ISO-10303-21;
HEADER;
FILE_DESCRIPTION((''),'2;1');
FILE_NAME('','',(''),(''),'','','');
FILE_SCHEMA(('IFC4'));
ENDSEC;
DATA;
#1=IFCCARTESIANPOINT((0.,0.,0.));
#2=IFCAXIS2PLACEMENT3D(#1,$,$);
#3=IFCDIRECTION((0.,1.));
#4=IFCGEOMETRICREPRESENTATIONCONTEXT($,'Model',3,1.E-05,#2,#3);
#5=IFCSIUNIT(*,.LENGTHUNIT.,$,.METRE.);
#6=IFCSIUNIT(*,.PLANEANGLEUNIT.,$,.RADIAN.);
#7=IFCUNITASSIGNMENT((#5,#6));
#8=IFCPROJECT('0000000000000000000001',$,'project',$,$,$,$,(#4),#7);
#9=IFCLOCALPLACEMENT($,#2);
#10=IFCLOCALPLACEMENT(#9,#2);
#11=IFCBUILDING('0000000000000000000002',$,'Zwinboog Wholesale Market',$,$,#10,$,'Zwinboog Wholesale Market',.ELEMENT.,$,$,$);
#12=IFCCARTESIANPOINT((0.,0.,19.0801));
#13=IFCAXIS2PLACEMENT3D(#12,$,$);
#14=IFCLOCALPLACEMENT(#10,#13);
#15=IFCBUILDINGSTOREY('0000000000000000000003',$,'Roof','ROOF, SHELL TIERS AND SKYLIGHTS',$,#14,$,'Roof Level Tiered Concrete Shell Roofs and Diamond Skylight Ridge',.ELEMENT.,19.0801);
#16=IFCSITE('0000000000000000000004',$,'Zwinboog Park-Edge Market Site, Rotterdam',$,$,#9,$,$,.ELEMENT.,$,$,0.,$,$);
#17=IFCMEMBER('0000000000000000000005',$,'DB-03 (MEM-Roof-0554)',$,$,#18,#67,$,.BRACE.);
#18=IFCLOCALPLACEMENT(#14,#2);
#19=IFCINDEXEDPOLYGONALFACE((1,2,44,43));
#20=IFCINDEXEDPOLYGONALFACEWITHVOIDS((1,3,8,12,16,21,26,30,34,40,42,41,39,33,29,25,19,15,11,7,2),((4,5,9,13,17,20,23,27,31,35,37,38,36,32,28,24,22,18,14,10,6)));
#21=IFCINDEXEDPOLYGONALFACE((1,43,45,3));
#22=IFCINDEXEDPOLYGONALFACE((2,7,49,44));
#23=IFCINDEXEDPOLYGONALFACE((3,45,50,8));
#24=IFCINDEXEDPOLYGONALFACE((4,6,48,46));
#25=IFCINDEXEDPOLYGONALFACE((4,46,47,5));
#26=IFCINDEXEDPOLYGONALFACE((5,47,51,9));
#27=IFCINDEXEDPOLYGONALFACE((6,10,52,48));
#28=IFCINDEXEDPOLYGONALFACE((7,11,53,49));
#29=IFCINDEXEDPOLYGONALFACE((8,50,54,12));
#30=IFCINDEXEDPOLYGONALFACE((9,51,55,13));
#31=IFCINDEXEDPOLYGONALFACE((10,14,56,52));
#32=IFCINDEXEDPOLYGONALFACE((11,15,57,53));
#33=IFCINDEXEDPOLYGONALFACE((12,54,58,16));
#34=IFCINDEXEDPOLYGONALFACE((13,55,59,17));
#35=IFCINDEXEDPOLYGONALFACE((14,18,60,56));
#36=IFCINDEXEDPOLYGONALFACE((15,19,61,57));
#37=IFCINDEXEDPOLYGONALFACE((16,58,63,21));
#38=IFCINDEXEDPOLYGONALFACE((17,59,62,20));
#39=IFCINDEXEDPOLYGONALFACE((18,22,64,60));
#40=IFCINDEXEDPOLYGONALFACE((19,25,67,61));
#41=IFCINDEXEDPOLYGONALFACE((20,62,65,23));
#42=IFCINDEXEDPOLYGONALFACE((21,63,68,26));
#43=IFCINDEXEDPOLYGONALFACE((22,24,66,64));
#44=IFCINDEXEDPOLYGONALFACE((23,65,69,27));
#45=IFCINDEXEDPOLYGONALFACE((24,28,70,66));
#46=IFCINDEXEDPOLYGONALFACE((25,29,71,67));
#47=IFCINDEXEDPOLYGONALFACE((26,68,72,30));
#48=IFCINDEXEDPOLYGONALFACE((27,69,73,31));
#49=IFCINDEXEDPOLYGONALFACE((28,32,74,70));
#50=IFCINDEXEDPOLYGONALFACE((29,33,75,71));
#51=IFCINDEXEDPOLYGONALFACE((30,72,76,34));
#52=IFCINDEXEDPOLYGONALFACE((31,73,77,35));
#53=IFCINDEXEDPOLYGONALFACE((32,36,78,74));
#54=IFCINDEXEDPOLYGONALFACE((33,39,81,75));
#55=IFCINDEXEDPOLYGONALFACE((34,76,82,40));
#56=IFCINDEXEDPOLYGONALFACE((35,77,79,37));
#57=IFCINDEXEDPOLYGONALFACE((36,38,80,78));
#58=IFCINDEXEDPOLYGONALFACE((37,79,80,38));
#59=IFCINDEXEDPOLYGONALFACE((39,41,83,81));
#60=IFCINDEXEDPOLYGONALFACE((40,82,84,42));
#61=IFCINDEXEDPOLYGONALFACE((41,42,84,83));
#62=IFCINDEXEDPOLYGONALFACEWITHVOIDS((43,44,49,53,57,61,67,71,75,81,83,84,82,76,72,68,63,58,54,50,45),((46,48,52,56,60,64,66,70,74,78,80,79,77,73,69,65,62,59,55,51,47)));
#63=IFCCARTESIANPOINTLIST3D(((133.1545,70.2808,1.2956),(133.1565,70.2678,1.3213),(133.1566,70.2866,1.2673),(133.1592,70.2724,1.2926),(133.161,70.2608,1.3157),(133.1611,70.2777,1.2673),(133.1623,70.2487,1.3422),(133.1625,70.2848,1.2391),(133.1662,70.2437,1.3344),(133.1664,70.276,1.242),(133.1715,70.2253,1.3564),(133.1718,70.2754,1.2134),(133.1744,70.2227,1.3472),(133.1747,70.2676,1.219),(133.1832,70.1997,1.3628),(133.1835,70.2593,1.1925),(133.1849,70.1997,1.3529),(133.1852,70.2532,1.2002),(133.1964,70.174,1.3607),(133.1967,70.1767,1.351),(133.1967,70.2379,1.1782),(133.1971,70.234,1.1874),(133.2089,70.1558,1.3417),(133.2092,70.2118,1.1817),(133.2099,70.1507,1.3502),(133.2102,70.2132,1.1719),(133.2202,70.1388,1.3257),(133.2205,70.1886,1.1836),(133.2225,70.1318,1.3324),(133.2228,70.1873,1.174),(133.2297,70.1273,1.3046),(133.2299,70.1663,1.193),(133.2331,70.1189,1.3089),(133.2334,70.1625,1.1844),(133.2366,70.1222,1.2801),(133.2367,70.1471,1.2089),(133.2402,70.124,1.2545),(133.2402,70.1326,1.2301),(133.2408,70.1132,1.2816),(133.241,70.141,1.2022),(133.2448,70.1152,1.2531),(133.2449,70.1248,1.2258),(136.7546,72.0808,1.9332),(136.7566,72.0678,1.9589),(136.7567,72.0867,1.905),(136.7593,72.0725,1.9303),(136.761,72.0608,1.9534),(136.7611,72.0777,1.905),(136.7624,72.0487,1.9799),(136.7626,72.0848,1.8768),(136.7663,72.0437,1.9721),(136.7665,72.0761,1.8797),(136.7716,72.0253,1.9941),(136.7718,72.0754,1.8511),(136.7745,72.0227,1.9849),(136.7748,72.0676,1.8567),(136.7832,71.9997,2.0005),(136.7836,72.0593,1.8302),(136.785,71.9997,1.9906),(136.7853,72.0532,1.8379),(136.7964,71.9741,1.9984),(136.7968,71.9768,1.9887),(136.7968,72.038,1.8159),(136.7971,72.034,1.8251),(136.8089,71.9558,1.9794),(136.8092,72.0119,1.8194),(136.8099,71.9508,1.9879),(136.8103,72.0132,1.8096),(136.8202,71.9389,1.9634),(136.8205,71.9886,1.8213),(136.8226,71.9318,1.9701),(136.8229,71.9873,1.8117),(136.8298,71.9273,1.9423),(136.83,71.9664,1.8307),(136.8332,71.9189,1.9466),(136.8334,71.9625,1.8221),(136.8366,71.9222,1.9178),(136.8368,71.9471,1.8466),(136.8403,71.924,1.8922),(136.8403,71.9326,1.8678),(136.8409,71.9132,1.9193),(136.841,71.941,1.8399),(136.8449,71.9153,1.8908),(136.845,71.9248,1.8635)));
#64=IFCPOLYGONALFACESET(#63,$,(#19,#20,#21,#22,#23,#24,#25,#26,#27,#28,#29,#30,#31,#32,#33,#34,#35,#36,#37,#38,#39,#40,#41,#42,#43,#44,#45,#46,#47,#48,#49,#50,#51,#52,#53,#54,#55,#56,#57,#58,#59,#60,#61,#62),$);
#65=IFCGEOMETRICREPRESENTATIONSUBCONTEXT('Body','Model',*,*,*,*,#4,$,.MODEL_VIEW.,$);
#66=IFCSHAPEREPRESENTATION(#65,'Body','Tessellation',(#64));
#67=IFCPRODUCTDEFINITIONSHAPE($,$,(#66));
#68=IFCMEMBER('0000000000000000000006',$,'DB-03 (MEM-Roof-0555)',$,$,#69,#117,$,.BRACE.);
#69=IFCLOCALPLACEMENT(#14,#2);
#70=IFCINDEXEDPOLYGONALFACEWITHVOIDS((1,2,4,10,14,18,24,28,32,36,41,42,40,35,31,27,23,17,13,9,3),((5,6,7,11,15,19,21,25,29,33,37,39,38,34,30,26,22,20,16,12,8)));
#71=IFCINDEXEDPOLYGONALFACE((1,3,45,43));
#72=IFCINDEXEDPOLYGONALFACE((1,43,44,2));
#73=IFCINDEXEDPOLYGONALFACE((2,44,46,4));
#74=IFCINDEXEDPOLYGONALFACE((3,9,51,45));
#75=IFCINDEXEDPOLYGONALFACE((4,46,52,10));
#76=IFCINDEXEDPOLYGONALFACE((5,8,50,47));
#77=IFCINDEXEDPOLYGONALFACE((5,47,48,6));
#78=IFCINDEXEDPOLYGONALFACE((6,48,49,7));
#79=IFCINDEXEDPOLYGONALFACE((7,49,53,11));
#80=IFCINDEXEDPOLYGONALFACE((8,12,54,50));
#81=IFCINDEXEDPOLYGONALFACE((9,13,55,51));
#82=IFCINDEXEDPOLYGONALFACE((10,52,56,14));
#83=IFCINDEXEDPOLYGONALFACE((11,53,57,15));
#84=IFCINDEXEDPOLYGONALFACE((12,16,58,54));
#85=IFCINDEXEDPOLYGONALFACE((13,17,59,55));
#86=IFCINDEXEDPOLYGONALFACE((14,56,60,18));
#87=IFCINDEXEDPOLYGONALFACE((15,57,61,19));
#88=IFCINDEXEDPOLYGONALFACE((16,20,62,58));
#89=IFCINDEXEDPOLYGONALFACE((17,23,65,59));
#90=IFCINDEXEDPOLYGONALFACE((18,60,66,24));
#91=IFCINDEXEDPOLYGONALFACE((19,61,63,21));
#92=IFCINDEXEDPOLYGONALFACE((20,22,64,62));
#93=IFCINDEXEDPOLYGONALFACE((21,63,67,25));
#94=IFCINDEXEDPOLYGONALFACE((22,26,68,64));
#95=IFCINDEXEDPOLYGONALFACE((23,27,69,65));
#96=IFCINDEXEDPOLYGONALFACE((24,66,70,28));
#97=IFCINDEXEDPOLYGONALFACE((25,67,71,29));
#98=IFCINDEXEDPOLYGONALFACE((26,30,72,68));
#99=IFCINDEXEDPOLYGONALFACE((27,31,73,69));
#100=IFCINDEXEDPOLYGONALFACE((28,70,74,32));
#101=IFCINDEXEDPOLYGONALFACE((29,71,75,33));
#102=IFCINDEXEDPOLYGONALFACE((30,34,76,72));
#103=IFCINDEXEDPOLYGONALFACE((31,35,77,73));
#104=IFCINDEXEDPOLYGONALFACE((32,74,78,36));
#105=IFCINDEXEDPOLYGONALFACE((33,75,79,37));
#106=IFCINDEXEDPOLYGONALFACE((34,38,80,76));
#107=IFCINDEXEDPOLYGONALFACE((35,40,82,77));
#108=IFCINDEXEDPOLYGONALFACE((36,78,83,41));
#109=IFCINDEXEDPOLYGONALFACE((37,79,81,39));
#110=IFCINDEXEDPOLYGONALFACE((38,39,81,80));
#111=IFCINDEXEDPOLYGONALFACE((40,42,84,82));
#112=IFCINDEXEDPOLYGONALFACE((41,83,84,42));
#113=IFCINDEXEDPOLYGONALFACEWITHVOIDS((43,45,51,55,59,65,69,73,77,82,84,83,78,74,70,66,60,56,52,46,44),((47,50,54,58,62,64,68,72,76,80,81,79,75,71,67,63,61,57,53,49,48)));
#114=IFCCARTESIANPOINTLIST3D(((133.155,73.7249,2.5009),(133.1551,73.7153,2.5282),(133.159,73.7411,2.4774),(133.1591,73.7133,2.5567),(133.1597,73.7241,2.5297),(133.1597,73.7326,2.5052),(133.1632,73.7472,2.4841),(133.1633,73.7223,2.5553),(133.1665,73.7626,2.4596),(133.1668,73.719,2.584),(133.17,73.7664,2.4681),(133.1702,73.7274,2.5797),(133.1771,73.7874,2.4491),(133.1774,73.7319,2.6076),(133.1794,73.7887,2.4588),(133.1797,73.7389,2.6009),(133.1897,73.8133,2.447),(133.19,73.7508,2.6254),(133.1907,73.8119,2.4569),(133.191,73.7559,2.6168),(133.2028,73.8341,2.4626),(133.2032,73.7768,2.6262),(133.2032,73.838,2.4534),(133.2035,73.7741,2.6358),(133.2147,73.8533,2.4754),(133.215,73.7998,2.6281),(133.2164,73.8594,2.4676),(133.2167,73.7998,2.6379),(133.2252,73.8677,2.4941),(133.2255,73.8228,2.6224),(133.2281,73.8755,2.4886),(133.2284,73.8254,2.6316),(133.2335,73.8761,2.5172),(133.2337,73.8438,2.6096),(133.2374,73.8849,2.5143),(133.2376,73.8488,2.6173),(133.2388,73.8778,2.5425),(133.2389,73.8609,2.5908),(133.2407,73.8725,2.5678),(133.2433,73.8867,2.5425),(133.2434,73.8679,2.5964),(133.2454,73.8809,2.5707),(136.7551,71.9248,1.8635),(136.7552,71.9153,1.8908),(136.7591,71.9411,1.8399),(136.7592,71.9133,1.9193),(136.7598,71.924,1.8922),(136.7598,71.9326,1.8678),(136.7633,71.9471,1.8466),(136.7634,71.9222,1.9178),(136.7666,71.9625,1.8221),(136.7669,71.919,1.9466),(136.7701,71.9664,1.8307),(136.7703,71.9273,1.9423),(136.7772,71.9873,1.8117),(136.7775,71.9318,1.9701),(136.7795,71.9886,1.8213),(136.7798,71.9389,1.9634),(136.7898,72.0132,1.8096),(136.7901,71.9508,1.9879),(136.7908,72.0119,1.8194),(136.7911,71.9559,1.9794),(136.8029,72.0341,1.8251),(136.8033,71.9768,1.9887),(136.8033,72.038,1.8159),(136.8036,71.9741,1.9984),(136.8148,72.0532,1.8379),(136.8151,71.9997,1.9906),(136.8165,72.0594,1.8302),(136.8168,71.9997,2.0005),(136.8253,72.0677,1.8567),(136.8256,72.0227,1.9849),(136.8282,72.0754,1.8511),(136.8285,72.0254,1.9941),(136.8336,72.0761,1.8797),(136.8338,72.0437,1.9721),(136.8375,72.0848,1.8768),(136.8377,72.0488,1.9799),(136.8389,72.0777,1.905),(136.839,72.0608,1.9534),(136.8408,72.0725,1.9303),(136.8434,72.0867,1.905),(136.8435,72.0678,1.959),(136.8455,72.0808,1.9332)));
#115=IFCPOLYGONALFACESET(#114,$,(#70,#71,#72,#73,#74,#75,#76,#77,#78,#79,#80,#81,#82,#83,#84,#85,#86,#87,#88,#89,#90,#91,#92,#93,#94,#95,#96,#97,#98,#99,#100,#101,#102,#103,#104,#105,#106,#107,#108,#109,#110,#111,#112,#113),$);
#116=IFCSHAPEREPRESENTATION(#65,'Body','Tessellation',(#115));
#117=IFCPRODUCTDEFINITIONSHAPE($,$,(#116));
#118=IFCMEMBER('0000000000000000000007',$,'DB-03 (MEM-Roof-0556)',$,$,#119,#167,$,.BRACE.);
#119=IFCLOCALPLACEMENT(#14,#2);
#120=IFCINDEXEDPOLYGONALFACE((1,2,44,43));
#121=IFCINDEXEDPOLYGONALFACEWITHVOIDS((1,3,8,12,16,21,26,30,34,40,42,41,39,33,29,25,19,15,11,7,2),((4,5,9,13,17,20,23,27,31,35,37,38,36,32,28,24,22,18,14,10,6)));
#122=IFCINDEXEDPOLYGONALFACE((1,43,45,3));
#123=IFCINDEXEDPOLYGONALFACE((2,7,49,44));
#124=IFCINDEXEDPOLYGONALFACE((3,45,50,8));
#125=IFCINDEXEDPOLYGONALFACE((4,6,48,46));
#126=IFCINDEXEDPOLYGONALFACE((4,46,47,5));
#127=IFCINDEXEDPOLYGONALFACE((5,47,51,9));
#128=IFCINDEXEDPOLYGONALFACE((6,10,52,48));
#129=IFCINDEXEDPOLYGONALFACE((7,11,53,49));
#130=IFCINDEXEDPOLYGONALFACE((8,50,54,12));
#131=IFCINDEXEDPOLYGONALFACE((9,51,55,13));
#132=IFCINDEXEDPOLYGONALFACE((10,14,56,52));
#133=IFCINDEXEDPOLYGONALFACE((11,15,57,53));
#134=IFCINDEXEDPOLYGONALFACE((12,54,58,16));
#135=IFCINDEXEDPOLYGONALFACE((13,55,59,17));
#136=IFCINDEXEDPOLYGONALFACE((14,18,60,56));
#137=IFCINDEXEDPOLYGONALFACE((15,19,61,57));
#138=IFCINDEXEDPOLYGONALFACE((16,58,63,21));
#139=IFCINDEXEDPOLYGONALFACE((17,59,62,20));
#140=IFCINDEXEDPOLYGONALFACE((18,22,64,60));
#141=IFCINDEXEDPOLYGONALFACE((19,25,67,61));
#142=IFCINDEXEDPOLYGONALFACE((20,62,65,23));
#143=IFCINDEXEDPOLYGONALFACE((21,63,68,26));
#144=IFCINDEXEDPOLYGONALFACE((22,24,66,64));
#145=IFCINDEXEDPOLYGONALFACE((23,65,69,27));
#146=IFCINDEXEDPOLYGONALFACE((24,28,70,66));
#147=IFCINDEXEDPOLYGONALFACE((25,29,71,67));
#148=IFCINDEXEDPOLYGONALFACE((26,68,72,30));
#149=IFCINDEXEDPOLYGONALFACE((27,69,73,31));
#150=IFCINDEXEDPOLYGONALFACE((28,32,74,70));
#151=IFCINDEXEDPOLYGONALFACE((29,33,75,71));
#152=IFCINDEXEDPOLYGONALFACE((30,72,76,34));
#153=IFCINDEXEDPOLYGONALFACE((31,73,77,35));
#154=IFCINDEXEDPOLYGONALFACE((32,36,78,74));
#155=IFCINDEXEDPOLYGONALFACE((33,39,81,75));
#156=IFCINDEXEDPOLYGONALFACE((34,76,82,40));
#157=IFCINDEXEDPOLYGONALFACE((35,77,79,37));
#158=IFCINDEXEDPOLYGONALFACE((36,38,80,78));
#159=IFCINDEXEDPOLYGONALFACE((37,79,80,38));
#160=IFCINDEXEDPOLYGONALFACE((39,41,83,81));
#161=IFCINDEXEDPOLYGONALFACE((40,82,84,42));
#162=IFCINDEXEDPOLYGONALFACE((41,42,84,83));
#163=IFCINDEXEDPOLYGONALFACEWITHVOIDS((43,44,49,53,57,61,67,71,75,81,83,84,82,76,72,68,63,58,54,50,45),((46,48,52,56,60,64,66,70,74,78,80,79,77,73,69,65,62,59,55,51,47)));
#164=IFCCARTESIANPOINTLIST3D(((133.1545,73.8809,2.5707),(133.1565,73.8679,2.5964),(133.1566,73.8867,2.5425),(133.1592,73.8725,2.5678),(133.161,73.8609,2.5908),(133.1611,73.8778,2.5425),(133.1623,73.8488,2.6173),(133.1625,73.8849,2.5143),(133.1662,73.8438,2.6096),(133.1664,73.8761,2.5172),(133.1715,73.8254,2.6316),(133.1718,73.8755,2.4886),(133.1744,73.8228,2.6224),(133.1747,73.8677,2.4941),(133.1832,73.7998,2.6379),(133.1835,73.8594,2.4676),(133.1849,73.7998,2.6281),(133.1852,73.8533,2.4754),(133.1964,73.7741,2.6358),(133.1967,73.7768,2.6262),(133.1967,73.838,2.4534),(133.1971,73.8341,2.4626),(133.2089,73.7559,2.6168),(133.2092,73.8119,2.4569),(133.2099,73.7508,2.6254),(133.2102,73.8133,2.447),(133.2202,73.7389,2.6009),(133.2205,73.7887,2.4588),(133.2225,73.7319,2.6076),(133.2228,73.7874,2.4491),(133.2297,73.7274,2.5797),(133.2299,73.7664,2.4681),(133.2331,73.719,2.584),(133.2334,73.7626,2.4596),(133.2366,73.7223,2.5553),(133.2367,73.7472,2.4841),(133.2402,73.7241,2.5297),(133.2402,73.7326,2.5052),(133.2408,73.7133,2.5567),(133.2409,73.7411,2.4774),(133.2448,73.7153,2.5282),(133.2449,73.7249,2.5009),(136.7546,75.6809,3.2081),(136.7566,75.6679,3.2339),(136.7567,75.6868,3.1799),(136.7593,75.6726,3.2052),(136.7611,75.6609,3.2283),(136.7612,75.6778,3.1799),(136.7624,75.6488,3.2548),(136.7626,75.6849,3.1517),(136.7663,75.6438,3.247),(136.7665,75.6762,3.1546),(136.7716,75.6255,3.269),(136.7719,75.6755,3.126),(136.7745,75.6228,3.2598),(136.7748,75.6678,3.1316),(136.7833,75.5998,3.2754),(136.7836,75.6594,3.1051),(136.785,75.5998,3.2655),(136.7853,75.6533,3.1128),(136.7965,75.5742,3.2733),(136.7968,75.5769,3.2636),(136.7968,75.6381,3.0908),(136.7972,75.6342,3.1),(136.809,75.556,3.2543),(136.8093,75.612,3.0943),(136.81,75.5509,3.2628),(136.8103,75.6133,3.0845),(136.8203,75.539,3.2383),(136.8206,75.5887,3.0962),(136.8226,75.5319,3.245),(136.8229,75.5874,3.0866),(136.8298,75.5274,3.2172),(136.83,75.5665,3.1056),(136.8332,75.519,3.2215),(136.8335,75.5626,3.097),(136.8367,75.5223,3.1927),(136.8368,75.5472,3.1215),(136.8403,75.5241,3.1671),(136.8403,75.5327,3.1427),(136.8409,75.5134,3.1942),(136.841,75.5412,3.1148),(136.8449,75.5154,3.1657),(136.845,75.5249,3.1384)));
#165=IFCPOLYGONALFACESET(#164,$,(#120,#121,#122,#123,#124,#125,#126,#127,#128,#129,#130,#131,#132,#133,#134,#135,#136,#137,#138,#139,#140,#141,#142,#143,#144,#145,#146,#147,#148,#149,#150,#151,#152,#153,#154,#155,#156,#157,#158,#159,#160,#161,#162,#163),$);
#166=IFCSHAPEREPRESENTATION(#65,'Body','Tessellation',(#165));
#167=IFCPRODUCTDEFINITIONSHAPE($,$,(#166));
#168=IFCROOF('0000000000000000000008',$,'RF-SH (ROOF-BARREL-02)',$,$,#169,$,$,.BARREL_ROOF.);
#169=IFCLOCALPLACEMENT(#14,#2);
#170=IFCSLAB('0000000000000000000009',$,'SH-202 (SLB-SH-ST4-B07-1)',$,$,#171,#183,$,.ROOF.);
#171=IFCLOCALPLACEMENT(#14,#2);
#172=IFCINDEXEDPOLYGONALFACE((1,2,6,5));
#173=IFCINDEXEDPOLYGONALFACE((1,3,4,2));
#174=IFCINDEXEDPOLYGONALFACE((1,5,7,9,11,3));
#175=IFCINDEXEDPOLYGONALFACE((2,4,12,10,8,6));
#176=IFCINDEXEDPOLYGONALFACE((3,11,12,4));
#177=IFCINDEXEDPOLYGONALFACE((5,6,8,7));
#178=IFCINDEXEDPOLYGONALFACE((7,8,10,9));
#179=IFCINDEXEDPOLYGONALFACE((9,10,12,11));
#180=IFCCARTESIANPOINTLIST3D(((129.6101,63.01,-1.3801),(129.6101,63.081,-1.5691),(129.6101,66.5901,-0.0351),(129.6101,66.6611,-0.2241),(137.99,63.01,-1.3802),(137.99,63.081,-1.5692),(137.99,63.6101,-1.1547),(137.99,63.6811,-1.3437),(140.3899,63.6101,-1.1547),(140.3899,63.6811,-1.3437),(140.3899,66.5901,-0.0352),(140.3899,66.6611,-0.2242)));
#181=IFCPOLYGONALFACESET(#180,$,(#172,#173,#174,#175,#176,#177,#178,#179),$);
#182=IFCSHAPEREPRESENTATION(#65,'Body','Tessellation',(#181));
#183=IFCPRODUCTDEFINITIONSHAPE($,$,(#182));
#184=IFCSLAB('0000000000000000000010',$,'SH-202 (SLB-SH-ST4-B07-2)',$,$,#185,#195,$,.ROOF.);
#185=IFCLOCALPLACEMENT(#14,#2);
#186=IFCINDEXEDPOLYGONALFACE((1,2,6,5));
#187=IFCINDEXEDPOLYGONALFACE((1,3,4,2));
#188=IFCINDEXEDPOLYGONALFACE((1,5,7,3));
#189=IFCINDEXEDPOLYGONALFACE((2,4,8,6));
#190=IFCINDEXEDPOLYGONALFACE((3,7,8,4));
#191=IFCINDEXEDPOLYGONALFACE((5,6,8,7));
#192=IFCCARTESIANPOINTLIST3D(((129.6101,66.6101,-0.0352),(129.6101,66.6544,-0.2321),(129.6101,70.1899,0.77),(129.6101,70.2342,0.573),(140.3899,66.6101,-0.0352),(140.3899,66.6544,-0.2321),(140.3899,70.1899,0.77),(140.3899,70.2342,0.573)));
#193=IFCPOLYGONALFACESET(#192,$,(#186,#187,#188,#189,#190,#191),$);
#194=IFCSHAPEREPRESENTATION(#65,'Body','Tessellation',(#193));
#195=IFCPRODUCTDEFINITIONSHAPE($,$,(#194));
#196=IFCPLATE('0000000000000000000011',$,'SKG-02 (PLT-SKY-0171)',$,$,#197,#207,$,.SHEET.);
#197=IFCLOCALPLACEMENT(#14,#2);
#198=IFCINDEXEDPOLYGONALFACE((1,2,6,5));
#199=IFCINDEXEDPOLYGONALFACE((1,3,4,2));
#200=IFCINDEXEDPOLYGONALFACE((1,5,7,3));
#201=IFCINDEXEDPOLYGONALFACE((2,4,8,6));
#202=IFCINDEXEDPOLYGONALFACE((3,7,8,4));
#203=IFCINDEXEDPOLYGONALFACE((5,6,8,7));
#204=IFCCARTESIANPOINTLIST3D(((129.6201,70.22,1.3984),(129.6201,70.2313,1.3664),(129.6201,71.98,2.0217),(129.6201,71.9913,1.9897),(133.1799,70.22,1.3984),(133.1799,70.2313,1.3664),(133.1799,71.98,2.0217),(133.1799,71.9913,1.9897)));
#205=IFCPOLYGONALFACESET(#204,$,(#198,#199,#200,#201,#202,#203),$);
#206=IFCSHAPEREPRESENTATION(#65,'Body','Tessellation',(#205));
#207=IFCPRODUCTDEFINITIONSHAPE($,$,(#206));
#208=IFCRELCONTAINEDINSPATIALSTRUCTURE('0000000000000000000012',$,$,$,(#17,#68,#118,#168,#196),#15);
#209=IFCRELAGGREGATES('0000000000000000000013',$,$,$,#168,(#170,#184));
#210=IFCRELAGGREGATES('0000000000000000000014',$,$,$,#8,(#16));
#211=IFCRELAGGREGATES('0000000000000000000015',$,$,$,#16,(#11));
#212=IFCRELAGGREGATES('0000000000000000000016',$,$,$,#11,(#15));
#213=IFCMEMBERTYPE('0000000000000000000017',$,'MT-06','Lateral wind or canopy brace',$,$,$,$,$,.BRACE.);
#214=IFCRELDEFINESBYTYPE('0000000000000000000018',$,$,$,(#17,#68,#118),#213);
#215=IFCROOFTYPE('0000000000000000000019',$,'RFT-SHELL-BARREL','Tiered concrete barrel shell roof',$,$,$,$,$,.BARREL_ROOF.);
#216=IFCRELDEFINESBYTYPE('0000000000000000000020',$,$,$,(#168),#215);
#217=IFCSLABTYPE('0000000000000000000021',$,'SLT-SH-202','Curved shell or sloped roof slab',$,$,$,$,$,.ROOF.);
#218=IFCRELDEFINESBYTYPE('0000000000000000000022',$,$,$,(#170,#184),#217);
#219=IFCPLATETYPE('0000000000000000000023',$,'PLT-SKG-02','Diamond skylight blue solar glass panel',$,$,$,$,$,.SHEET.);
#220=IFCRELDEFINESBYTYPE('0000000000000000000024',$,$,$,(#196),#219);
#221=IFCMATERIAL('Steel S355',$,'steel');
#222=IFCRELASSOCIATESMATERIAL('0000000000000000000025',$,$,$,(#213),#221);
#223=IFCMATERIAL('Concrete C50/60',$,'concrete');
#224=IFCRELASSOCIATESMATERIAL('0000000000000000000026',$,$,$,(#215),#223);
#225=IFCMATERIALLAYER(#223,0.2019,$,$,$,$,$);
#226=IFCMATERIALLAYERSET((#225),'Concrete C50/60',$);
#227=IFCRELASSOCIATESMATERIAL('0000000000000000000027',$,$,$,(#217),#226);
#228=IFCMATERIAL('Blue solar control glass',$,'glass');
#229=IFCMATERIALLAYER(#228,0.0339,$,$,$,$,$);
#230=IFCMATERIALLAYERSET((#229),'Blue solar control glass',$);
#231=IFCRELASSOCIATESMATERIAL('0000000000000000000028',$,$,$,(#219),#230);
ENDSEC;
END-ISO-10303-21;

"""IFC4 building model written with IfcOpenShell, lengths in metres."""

from ifc_helpers import new_model, si_unit, direction, frame, origin, origin_2d, place, context, subcontext, project, spatial, polyline, hollow_circle, outline, extrude, material, layer, layer_set, material_profile, profile_set, type_object, element, aggregate, save


model = new_model("IFC4")

# Units and contexts
model_context = context("Model", 3, precision=1e-05, world=origin(), true_north=direction((0.0, 1.0)))
body_context = subcontext(model_context, "Body", "Model", "MODEL_VIEW")
ifc_project = project(units=[si_unit("LENGTHUNIT", "METRE"), si_unit("PLANEANGLEUNIT", "RADIAN")], contexts=[model_context])

# Site, building, storey
site_placement = place(None, origin())
site = spatial("IfcSite", under=ifc_project, at=site_placement, Name="Zwinboog Park-Edge Market Site, Rotterdam", CompositionType="ELEMENT", RefElevation=0.0)
building_placement = place(site_placement, origin())
building = spatial("IfcBuilding", under=site, at=building_placement, Name="Zwinboog Wholesale Market", LongName="Zwinboog Wholesale Market", CompositionType="ELEMENT")
storey_placement = place(building_placement, frame((0.0, 0.0, 19.0801)))
storey = spatial("IfcBuildingStorey", under=building, at=storey_placement, Name="Roof", Description="ROOF, SHELL TIERS AND SKYLIGHTS", LongName="Roof Level Tiered Concrete Shell Roofs and Diamond Skylight Ridge", CompositionType="ELEMENT", Elevation=19.0801)

# Members
ifc_material_1 = material(Name="Steel S355", Category="steel")
ifc_material_profile_1 = material_profile(ifc_material_1, hollow_circle(Radius=0.0969, WallThickness=0.01, at=origin_2d()), Name="CHS 193.7x10")
ifc_profile_set_1 = profile_set([ifc_material_profile_1], Name="Steel S355")
member_type_1 = type_object("IfcMemberType", Name="MT-06", Description="Lateral wind or canopy brace", PredefinedType="BRACE", material=ifc_profile_set_1)
for number, where, z_axis, x_axis, name in (
    (1, (133.2, 70.2, 1.2673), (0.883409, 0.441704, 0.156481), (-0.447214, 0.894427, 0.0), "DB-03 (MEM-Roof-0554)"),
    (2, (133.2, 73.8, 2.5425), (0.883417, -0.441709, -0.156422), (0.447214, 0.894427, 0.0), "DB-03 (MEM-Roof-0555)"),
    (3, (133.2, 73.8, 2.5425), (0.883417, 0.441709, 0.156422), (-0.447214, 0.894427, 0.0), "DB-03 (MEM-Roof-0556)"),
):
    element("IfcMember", number, at=place(storey_placement, frame(where, z_axis=z_axis, x_axis=x_axis)), inside=storey, type_object=member_type_1, Name=name, PredefinedType="BRACE", context=body_context, shape_type="SweptSolid", body=[
        extrude(hollow_circle(Radius=0.0969, WallThickness=0.01, at=origin_2d()), origin(), (0.0, 0.0, 1.0), 4.0752),
    ])

# Roof, slabs
ifc_material_2 = material(Name="Concrete C50/60", Category="concrete")
roof_type = type_object("IfcRoofType", Name="RFT-SHELL-BARREL", Description="Tiered concrete barrel shell roof", PredefinedType="BARREL_ROOF", material=ifc_material_2)
roof_placement = place(storey_placement, origin())
roof = element("IfcRoof", 4, at=roof_placement, inside=storey, type_object=roof_type, Name="RF-SH (ROOF-BARREL-02)", PredefinedType="BARREL_ROOF")
ifc_layer_1 = layer(ifc_material_2, 0.2019)
ifc_layer_set_1 = layer_set([ifc_layer_1], Name="Concrete C50/60")
slab_type = type_object("IfcSlabType", Name="SLT-SH-202", Description="Curved shell or sloped roof slab", PredefinedType="ROOF", material=ifc_layer_set_1)
slab_1_placement = place(storey_placement, frame((129.6101, 63.01, -1.3801), z_axis=(0.000005, -0.351689, 0.936117), x_axis=(1.0, 0.000002, -0.000004)))
slab_1 = element("IfcSlab", 5, at=slab_1_placement, type_object=slab_type, Name="SH-202 (SLB-SH-ST4-B07-1)", PredefinedType="ROOF", context=body_context, shape_type="SweptSolid", body=[
    extrude(outline(polyline([(0.0, 0.0), (8.3799, 0.0), (8.3799, 0.641), (10.7798, 0.641), (10.7798, 3.8244), (0.0, 3.8244), (0.0, 0.0)])), origin(), (0.0, 0.0, -1.0), 0.2019),
])
slab_2_placement = place(storey_placement, frame((129.6101, 66.6101, -0.0352), z_axis=(0.0, -0.219438, 0.975626), x_axis=(1.0, 0.0, 0.0)))
slab_2 = element("IfcSlab", 6, at=slab_2_placement, type_object=slab_type, Name="SH-202 (SLB-SH-ST4-B07-2)", PredefinedType="ROOF", context=body_context, shape_type="SweptSolid", body=[
    extrude(outline(polyline([(0.0, 0.0), (10.7798, 0.0), (10.7798, 3.6693), (0.0, 3.6693), (0.0, 0.0)])), origin(), (0.0, 0.0, -1.0), 0.2019),
])
aggregate(roof, [slab_1, slab_2])

# Plate
ifc_material_3 = material(Name="Blue solar control glass", Category="glass")
ifc_layer_2 = layer(ifc_material_3, 0.0339)
ifc_layer_set_2 = layer_set([ifc_layer_2], Name="Blue solar control glass")
plate_type_1 = type_object("IfcPlateType", Name="PLT-SKG-02", Description="Diamond skylight blue solar glass panel", PredefinedType="SHEET", material=ifc_layer_set_2)
plate_1_placement = place(storey_placement, frame((129.6201, 70.22, 1.3984), z_axis=(0.0, -0.333825, 0.942635), x_axis=(1.0, 0.0, 0.0)))
element("IfcPlate", 7, at=plate_1_placement, inside=storey, type_object=plate_type_1, Name="SKG-02 (PLT-SKY-0171)", PredefinedType="SHEET", context=body_context, shape_type="SweptSolid", body=[
    extrude(outline(polyline([(0.0, 0.0), (3.5598, 0.0), (3.5598, 1.8671), (0.0, 1.8671), (0.0, 0.0)])), origin(), (0.0, 0.0, -1.0), 0.0339),
])

save(model, "model.ifc")
